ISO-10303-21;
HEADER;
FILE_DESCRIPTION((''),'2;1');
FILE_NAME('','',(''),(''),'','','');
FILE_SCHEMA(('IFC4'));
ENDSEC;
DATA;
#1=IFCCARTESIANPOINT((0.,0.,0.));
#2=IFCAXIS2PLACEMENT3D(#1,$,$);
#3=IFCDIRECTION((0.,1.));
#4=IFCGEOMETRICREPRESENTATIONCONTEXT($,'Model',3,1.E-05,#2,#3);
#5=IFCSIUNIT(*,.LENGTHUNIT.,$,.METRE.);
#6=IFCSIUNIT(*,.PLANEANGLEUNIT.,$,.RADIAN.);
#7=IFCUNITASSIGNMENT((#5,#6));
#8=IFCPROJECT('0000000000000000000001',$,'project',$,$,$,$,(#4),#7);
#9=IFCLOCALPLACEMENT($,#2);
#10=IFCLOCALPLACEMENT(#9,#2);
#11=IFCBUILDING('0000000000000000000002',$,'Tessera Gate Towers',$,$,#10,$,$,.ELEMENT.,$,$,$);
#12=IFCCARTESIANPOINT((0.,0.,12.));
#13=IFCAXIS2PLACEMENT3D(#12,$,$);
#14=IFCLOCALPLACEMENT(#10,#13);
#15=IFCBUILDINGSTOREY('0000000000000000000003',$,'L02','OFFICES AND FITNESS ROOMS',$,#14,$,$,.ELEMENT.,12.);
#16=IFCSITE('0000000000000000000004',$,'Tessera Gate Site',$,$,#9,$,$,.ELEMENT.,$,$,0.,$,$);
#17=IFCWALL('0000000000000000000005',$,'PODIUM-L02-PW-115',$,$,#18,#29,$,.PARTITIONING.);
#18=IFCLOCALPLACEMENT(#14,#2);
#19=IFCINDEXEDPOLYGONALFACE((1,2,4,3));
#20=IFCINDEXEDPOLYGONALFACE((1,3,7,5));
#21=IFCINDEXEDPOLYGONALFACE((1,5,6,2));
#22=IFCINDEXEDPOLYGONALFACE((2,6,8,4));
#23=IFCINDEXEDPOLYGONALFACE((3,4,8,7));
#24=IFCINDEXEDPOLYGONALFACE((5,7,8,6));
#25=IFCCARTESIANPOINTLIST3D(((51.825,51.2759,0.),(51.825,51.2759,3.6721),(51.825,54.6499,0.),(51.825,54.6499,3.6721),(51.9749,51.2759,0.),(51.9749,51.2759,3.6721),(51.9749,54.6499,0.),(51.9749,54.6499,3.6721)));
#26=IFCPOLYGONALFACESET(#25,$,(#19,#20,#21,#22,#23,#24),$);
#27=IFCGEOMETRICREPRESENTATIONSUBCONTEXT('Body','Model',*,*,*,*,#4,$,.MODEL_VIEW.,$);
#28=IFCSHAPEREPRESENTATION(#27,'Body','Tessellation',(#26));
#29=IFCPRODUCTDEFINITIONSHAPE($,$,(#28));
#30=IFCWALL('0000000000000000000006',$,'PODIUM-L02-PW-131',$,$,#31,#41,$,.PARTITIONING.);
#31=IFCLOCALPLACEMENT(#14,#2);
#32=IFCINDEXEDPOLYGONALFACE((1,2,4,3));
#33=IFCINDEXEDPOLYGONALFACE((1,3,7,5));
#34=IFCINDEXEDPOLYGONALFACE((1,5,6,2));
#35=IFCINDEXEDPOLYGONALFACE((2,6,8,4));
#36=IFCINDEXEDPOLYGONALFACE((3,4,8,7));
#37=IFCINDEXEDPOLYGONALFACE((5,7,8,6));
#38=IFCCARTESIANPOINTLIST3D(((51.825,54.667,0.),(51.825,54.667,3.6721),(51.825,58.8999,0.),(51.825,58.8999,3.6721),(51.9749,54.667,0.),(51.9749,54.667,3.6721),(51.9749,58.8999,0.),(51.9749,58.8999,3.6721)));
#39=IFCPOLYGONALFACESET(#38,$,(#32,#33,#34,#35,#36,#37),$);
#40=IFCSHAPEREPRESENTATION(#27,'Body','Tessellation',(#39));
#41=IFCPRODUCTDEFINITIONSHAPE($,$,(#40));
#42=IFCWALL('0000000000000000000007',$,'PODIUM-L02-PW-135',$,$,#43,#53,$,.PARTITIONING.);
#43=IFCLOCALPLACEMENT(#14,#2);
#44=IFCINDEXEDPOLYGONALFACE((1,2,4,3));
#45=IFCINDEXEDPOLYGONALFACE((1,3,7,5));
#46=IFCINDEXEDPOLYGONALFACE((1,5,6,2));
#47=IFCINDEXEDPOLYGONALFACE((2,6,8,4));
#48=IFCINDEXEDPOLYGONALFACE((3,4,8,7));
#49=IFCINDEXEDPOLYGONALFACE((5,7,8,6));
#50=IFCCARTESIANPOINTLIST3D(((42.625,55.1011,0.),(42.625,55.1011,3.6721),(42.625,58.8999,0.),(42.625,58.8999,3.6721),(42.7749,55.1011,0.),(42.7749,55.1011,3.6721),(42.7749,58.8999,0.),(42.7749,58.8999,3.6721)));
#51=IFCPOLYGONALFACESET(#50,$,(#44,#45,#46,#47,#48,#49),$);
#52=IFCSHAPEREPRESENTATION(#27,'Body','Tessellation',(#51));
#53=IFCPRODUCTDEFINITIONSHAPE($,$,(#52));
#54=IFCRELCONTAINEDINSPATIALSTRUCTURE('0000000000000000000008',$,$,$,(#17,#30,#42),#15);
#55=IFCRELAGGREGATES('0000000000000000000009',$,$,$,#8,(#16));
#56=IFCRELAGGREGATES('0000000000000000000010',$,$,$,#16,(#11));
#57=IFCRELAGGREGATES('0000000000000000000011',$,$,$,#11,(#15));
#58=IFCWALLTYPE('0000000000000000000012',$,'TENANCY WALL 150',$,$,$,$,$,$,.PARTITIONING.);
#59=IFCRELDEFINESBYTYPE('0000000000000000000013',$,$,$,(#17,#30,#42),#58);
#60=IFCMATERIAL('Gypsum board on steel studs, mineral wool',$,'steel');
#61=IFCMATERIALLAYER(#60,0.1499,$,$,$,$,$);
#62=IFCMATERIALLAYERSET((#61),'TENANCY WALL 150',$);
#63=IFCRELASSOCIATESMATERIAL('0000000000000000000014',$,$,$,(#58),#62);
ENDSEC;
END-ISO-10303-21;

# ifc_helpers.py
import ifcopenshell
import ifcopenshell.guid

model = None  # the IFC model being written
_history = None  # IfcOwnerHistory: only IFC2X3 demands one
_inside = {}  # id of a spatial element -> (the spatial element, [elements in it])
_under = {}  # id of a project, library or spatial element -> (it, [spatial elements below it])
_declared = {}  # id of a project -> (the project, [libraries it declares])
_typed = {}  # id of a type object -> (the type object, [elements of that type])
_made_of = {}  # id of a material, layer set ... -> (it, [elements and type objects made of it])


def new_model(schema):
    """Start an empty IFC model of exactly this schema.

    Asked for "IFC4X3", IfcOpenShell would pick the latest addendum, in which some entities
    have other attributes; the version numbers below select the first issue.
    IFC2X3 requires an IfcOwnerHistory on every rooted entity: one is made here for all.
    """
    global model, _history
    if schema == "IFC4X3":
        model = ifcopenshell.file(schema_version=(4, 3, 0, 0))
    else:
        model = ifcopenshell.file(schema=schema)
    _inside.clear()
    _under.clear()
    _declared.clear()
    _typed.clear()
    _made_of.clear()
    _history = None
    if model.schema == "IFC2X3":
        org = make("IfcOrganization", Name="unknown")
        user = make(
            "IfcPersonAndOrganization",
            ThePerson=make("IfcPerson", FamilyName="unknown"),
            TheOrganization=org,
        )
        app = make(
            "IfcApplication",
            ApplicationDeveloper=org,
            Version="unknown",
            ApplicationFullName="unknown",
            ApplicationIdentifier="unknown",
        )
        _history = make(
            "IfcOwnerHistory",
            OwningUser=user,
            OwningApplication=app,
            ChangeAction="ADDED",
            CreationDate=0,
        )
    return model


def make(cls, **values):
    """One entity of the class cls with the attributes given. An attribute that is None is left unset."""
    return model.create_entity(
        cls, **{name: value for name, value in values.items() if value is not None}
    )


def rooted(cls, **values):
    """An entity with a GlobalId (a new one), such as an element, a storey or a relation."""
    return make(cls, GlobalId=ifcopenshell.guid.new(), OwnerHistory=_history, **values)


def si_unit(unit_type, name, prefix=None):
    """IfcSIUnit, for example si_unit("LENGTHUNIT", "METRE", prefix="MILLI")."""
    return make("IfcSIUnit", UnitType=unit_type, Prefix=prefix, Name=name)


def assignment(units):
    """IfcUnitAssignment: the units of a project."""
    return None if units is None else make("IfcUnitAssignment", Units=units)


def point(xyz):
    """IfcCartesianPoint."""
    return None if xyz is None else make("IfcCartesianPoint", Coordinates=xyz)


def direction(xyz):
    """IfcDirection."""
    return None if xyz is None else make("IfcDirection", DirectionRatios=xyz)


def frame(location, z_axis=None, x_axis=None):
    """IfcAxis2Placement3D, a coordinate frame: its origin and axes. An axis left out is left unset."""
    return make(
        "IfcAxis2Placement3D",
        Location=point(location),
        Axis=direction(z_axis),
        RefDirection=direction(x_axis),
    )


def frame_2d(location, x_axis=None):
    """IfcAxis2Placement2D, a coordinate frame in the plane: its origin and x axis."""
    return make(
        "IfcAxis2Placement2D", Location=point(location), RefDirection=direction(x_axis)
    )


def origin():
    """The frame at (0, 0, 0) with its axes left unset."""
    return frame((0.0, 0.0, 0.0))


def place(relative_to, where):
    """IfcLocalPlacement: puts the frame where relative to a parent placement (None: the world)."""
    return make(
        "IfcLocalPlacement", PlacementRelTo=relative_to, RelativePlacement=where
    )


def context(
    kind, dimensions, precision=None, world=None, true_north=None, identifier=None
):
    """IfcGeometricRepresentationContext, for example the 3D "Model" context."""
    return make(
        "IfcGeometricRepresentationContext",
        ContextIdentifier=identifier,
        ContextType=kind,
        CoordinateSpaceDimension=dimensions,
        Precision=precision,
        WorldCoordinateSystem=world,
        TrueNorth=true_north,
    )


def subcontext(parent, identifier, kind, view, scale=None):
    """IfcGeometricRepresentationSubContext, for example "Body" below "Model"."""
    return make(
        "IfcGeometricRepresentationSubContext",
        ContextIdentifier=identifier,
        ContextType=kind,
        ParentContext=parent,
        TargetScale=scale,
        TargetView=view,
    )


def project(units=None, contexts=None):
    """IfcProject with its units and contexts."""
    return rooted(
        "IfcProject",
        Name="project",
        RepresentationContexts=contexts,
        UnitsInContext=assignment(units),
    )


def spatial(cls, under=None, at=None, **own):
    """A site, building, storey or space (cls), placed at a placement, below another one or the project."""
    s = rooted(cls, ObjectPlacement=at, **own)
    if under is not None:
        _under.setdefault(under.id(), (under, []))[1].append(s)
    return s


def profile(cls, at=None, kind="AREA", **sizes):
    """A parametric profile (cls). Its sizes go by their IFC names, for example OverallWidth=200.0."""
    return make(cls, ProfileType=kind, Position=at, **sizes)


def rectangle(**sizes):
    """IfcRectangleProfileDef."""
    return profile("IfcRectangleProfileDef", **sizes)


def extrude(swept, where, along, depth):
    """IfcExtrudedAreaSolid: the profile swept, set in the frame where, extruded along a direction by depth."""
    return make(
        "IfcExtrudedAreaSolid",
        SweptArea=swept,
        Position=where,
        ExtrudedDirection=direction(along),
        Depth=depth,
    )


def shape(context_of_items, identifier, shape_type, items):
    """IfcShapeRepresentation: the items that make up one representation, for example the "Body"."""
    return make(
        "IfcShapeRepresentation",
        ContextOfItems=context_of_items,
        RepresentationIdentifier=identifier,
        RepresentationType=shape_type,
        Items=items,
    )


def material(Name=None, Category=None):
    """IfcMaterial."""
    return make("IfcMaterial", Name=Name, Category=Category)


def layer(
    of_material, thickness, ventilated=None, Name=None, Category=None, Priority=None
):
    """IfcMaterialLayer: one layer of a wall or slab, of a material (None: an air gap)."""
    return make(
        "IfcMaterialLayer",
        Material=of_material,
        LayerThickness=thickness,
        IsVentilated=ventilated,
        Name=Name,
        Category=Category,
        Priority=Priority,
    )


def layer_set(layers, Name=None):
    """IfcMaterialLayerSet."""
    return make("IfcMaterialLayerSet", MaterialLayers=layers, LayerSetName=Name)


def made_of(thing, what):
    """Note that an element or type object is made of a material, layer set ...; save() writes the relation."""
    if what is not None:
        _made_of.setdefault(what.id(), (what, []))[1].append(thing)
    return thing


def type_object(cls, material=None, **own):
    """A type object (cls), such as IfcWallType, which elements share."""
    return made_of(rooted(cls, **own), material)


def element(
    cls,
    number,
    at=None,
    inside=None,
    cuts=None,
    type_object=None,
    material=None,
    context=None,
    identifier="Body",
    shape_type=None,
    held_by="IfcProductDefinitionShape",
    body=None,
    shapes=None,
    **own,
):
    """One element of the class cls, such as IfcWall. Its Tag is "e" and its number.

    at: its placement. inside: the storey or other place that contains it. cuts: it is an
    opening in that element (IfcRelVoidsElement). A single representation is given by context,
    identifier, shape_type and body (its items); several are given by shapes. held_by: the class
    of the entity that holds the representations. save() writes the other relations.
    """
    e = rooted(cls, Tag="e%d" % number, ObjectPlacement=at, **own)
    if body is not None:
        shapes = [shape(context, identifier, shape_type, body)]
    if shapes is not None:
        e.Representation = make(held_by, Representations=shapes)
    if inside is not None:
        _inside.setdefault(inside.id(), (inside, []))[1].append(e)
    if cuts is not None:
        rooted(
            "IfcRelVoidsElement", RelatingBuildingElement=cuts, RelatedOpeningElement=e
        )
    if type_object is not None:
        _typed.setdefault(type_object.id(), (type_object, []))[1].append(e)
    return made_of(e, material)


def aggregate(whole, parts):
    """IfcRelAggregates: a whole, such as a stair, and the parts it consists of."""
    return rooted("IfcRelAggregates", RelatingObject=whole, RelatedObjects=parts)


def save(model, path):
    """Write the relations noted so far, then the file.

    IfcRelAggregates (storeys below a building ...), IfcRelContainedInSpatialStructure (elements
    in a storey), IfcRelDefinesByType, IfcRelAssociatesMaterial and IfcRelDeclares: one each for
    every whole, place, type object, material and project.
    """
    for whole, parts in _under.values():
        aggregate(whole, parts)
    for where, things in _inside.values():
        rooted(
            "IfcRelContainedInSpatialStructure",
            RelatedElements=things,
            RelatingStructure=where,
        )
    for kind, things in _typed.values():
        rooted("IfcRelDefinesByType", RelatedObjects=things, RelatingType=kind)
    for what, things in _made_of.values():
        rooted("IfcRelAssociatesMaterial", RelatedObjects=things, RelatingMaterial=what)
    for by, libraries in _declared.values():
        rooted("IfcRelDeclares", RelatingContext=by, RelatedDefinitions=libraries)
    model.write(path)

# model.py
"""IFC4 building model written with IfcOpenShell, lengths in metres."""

from ifc_helpers import new_model, si_unit, direction, frame, frame_2d, origin, place, context, subcontext, project, spatial, rectangle, extrude, material, layer, layer_set, type_object, element, save


model = new_model("IFC4")

# Units and contexts
model_context = context("Model", 3, precision=1e-05, world=origin(), true_north=direction((0.0, 1.0)))
body_context = subcontext(model_context, "Body", "Model", "MODEL_VIEW")
ifc_project = project(units=[si_unit("LENGTHUNIT", "METRE"), si_unit("PLANEANGLEUNIT", "RADIAN")], contexts=[model_context])

# Site, building, storey
site_placement = place(None, origin())
site = spatial("IfcSite", under=ifc_project, at=site_placement, Name="Tessera Gate Site", CompositionType="ELEMENT", RefElevation=0.0)
building_placement = place(site_placement, origin())
building = spatial("IfcBuilding", under=site, at=building_placement, Name="Tessera Gate Towers", CompositionType="ELEMENT")
storey_placement = place(building_placement, frame((0.0, 0.0, 12.0)))
storey = spatial("IfcBuildingStorey", under=building, at=storey_placement, Name="L02", Description="OFFICES AND FITNESS ROOMS", CompositionType="ELEMENT", Elevation=12.0)

# Walls
ifc_material_1 = material(Name="Gypsum board on steel studs, mineral wool", Category="steel")
ifc_layer_1 = layer(ifc_material_1, 0.1499)
ifc_layer_set_1 = layer_set([ifc_layer_1], Name="TENANCY WALL 150")
wall_type_1 = type_object("IfcWallType", Name="TENANCY WALL 150", PredefinedType="PARTITIONING", material=ifc_layer_set_1)
wall_1_placement = place(storey_placement, frame((51.8999, 51.2759, 0.0), z_axis=(0.0, 0.0, 1.0), x_axis=(0.0, 1.0, 0.0)))
element("IfcWall", 1, at=wall_1_placement, inside=storey, type_object=wall_type_1, Name="PODIUM-L02-PW-115", PredefinedType="PARTITIONING", context=body_context, shape_type="SweptSolid", body=[
    extrude(rectangle(XDim=3.374, YDim=0.1499, at=frame_2d((1.687, 0.0))), origin(), (0.0, 0.0, 1.0), 3.6721),
])
wall_2_placement = place(storey_placement, frame((51.8999, 54.667, 0.0), z_axis=(0.0, 0.0, 1.0), x_axis=(0.0, 1.0, 0.0)))
element("IfcWall", 2, at=wall_2_placement, inside=storey, type_object=wall_type_1, Name="PODIUM-L02-PW-131", PredefinedType="PARTITIONING", context=body_context, shape_type="SweptSolid", body=[
    extrude(rectangle(XDim=4.2329, YDim=0.1499, at=frame_2d((2.1165, 0.0))), origin(), (0.0, 0.0, 1.0), 3.6721),
])
wall_3_placement = place(storey_placement, frame((42.7, 55.1011, 0.0), z_axis=(0.0, 0.0, 1.0), x_axis=(0.0, 1.0, 0.0)))
element("IfcWall", 3, at=wall_3_placement, inside=storey, type_object=wall_type_1, Name="PODIUM-L02-PW-135", PredefinedType="PARTITIONING", context=body_context, shape_type="SweptSolid", body=[
    extrude(rectangle(XDim=3.7988, YDim=0.1499, at=frame_2d((1.8994, 0.0))), origin(), (0.0, 0.0, 1.0), 3.6721),
])

save(model, "model.ifc")
